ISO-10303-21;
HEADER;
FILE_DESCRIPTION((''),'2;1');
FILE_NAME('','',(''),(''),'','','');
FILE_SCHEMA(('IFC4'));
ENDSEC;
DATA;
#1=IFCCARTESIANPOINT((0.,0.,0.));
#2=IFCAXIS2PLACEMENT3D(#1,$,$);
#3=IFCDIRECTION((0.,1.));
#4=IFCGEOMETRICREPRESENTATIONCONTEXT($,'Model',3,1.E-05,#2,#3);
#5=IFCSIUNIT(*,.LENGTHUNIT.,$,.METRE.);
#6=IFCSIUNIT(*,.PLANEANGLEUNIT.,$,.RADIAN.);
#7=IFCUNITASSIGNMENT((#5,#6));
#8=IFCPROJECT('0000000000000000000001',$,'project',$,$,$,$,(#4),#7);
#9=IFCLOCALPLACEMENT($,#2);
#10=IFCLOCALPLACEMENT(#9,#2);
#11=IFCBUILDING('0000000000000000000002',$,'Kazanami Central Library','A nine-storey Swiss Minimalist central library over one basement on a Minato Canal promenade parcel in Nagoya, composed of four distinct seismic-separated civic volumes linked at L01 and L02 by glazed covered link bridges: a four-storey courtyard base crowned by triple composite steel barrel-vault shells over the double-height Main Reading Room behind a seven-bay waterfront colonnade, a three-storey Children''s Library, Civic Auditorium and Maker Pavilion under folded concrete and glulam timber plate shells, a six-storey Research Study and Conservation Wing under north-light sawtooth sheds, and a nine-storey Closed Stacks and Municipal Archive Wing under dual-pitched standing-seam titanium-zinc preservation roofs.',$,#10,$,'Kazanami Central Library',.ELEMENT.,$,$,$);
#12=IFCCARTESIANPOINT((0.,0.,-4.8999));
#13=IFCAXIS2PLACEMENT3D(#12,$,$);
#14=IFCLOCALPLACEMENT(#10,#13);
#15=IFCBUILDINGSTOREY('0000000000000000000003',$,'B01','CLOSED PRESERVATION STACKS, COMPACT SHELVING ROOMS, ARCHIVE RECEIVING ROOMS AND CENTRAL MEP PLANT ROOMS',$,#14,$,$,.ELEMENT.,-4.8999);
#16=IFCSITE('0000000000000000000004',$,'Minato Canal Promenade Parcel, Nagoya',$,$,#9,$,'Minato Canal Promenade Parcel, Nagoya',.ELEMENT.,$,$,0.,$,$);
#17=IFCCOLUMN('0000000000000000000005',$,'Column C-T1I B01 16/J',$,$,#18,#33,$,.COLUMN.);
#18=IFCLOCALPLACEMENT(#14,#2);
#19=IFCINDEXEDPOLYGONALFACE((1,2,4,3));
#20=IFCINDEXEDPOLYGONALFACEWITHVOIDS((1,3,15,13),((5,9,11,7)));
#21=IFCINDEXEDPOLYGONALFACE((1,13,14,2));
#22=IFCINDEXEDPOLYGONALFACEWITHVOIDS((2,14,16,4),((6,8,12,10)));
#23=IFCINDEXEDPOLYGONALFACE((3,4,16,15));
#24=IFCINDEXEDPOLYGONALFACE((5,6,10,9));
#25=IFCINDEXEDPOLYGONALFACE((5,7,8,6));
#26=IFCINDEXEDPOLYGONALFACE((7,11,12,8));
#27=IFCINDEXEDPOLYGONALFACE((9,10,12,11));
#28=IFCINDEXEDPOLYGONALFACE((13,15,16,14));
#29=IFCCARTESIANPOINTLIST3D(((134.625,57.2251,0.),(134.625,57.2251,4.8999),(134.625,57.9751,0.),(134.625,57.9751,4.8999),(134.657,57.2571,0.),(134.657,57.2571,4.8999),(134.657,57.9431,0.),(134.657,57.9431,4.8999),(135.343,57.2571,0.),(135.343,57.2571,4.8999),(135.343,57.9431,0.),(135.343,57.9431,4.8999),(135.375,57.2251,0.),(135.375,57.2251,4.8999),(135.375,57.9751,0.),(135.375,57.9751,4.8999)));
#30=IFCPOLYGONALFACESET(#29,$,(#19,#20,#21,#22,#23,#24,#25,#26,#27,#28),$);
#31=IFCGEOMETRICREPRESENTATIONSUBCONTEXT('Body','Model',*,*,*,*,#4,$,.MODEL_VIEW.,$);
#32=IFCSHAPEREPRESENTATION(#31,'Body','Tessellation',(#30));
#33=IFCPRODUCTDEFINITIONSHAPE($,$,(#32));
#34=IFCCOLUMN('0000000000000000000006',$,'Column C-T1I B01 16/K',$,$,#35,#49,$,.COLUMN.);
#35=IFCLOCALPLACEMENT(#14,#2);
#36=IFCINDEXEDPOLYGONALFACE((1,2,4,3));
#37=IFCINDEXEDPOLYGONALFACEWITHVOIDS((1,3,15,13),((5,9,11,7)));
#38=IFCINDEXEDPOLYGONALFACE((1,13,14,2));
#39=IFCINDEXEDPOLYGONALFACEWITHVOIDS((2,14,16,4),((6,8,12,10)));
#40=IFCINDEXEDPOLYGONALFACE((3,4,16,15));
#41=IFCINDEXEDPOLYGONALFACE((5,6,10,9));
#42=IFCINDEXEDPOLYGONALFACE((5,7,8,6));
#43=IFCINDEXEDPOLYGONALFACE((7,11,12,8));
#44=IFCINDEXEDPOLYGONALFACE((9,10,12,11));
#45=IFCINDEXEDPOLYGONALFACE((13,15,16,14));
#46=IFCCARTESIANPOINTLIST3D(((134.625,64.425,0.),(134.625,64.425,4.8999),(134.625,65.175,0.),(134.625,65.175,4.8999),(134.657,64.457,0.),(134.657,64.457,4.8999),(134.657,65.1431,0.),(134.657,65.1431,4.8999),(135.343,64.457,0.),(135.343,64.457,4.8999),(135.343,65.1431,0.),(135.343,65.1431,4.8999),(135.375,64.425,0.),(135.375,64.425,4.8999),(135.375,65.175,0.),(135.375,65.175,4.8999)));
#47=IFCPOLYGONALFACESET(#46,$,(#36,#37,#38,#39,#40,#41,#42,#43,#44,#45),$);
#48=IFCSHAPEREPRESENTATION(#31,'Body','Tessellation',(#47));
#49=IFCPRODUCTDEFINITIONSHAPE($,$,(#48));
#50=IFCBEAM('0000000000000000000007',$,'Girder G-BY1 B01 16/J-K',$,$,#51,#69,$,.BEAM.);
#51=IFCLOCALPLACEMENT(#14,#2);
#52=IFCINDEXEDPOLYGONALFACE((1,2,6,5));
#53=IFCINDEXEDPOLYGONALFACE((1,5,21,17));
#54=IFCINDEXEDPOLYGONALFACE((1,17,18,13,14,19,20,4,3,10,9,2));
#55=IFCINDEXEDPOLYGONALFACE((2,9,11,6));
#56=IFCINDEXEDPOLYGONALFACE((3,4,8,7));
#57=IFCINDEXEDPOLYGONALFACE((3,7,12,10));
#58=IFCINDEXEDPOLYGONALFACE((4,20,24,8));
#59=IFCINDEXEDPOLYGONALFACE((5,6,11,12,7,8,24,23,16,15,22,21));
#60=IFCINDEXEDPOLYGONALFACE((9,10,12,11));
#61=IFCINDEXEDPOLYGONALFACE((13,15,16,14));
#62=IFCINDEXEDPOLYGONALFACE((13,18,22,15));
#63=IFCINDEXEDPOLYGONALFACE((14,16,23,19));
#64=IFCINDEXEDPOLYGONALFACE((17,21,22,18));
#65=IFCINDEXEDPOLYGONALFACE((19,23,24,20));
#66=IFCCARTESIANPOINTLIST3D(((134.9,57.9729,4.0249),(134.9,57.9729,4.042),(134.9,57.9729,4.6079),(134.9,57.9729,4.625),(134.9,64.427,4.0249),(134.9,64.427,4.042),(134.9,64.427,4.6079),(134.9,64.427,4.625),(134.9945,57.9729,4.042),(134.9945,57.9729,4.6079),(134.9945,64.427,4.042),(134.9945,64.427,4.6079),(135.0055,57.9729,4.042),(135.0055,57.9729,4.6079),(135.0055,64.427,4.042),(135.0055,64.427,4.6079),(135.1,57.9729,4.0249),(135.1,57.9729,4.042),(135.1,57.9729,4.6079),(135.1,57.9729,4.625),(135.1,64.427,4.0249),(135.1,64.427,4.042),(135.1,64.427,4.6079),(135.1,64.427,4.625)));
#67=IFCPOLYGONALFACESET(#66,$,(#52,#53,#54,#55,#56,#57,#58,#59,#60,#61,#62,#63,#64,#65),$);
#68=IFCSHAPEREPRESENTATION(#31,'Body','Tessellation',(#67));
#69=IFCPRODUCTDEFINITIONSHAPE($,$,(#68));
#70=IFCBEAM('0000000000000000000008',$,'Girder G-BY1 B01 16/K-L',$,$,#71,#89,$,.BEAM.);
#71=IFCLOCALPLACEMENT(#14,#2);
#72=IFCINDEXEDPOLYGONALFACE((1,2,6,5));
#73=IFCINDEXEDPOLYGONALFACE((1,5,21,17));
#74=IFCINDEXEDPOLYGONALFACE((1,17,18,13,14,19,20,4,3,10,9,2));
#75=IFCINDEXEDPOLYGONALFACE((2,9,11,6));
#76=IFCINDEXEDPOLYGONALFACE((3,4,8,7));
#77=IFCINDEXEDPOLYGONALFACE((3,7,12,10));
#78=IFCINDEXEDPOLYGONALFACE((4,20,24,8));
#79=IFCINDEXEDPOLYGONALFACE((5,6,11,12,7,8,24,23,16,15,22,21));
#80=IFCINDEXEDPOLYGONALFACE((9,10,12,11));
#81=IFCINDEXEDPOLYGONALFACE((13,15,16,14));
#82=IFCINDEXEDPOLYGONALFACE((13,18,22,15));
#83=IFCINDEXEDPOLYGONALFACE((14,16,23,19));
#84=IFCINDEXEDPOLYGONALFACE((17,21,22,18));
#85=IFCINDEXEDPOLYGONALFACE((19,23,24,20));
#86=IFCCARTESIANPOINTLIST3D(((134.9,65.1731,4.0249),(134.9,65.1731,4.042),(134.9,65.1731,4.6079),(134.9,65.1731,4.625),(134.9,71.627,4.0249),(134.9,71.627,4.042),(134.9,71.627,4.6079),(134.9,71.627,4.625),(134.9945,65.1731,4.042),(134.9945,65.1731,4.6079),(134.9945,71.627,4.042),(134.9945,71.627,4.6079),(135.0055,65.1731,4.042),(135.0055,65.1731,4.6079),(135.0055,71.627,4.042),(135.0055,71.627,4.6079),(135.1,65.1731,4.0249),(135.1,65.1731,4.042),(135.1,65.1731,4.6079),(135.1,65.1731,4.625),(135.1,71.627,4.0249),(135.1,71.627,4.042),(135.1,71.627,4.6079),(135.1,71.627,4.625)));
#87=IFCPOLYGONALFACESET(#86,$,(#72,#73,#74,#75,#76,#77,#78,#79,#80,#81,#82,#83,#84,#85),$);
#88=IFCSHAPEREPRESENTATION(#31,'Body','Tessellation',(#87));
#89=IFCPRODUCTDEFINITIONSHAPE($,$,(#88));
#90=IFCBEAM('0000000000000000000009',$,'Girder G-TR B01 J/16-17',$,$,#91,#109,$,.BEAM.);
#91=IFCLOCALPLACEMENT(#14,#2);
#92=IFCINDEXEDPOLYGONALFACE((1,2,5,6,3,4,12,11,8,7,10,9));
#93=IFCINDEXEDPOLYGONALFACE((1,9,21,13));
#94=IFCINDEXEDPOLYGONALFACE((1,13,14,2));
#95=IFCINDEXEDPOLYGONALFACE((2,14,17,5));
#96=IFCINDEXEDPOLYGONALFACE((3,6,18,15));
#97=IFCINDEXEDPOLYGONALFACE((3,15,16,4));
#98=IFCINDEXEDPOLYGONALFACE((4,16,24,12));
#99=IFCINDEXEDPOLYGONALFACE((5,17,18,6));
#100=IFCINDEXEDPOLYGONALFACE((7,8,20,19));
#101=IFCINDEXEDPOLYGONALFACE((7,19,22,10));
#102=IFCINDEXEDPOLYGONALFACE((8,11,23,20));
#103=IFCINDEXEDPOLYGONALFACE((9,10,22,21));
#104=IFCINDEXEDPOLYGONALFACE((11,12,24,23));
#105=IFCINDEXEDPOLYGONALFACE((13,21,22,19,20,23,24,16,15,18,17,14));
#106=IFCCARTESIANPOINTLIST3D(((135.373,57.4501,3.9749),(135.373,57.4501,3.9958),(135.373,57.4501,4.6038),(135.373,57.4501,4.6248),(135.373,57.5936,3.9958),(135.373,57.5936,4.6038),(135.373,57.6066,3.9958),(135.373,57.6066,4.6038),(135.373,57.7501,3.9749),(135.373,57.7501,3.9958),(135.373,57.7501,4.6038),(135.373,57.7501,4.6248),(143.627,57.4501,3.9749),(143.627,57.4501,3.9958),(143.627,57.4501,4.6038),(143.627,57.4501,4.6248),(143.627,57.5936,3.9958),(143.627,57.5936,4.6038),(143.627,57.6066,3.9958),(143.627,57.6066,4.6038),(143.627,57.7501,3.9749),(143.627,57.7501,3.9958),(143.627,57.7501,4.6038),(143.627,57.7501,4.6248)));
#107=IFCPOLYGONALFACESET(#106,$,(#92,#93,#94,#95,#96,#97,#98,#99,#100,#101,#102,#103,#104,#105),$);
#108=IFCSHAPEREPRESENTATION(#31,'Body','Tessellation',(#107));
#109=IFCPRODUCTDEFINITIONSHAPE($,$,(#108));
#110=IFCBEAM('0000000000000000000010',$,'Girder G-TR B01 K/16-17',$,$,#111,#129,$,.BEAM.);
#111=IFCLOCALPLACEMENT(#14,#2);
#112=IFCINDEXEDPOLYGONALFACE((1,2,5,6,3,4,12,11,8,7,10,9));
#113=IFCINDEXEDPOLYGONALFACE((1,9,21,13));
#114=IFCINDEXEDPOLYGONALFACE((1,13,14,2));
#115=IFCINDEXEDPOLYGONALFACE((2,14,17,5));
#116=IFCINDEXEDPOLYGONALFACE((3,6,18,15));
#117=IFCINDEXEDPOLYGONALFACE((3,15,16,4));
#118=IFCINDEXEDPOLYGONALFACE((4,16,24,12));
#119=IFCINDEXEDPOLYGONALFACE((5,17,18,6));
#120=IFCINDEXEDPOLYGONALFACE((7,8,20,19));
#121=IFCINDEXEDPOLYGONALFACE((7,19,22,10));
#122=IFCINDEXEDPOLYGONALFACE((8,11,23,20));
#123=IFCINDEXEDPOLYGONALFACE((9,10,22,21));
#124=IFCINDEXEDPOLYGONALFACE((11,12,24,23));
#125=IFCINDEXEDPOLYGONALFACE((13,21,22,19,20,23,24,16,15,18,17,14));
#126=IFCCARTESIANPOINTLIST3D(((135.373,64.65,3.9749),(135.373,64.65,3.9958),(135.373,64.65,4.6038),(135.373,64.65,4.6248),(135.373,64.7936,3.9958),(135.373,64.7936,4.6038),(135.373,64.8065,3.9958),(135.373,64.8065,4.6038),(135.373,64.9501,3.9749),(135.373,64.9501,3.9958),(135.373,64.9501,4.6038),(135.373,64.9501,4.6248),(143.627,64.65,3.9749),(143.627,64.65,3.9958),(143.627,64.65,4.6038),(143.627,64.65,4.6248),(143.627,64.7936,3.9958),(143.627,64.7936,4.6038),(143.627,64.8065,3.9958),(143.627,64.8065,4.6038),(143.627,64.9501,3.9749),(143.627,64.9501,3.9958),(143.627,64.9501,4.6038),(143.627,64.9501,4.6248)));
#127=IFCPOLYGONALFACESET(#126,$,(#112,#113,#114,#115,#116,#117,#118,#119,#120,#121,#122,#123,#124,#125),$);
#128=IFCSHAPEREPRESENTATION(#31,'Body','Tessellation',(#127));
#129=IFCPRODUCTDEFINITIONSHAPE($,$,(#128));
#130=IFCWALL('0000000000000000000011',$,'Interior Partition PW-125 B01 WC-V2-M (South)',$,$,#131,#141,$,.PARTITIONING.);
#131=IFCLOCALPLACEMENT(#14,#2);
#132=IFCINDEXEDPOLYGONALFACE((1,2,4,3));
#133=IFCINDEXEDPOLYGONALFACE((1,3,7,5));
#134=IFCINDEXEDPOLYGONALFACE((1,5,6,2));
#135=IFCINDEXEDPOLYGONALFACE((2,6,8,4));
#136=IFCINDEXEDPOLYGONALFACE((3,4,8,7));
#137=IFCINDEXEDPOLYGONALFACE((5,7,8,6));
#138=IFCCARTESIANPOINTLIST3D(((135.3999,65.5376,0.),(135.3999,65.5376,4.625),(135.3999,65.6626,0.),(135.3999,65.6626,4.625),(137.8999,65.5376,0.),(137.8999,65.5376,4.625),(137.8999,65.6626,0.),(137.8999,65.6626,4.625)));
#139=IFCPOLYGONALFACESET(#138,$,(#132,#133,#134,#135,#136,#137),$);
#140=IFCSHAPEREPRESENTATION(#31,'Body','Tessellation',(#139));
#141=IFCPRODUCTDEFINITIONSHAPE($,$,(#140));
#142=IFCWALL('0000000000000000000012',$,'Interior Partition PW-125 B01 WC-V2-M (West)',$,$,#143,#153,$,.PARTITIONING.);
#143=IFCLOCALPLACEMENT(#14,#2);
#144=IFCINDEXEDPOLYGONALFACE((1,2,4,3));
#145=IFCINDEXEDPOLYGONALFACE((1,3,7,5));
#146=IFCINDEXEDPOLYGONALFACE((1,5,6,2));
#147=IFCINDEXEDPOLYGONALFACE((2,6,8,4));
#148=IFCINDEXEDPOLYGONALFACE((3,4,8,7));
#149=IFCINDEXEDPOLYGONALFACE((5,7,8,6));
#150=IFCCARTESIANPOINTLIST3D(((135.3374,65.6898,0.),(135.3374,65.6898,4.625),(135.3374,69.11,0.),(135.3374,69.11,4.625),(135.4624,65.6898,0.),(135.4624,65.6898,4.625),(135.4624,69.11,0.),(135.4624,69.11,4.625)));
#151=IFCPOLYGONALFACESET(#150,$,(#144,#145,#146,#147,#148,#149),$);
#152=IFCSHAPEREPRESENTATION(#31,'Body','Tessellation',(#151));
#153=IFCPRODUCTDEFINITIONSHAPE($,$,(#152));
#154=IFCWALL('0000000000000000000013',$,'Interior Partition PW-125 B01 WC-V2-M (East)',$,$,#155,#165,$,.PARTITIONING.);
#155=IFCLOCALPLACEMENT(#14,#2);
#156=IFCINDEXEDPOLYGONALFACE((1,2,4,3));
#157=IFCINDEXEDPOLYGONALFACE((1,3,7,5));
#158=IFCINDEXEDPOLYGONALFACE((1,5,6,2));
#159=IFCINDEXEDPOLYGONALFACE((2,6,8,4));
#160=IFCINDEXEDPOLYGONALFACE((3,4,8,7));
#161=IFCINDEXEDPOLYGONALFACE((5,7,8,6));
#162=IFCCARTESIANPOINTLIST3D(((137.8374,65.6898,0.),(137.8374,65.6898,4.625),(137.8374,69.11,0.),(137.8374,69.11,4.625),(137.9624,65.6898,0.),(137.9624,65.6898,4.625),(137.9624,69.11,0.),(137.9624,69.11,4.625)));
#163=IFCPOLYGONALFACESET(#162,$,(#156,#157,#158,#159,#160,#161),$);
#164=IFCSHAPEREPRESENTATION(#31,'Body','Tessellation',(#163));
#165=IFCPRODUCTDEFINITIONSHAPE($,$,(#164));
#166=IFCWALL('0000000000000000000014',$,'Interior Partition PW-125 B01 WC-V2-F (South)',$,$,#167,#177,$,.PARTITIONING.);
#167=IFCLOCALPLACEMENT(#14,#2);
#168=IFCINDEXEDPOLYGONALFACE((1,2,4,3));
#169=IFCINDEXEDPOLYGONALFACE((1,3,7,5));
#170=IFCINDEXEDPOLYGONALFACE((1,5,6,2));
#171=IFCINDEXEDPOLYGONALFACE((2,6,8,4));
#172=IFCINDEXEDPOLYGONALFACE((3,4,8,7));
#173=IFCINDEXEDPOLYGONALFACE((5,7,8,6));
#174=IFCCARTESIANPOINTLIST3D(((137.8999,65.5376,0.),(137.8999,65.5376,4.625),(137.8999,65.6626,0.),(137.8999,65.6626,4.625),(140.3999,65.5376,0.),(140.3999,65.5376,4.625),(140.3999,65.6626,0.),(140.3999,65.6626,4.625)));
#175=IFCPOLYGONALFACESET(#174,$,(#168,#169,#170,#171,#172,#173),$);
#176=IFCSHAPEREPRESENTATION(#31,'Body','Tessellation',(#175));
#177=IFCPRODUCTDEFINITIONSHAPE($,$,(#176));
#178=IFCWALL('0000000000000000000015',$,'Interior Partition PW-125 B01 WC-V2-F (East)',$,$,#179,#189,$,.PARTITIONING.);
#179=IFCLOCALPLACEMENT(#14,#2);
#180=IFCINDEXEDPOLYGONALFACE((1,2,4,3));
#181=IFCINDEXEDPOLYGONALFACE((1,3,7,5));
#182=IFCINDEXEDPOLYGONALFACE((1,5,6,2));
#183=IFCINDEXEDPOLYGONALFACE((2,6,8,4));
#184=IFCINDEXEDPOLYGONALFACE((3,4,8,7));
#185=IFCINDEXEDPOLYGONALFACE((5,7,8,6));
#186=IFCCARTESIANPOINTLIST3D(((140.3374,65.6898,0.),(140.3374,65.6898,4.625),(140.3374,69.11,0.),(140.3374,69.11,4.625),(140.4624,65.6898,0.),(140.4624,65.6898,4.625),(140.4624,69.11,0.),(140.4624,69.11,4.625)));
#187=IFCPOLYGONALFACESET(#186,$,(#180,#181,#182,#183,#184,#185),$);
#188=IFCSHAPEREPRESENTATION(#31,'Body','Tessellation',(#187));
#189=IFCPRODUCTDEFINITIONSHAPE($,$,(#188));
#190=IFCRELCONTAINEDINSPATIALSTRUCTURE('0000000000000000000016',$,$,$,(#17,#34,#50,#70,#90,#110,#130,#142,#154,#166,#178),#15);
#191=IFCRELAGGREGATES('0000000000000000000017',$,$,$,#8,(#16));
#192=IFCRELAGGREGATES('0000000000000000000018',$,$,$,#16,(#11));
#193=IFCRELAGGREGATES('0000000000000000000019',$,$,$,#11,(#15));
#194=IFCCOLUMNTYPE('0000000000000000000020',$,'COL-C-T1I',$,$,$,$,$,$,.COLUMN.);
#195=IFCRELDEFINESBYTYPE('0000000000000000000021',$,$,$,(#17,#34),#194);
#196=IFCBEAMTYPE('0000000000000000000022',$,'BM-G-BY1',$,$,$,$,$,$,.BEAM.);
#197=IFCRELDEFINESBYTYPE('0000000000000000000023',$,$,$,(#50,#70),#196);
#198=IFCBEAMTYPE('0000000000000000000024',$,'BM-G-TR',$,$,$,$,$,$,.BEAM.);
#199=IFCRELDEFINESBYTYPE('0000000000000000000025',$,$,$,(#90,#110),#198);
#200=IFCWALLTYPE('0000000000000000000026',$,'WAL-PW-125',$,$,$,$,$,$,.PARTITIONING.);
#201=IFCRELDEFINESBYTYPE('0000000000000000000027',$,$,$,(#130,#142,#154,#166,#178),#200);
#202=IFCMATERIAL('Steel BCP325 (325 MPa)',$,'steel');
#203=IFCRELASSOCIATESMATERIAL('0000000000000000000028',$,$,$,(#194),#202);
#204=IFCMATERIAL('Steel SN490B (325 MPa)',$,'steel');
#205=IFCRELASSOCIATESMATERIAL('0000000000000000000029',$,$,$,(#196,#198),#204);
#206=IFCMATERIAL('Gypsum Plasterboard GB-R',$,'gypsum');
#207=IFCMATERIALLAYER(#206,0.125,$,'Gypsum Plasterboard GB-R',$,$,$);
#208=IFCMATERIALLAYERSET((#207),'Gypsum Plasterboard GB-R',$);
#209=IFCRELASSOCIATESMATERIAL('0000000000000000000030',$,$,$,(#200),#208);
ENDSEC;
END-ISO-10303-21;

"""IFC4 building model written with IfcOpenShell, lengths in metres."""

from ifc_helpers import new_model, si_unit, direction, frame, frame_2d, origin, origin_2d, place, context, subcontext, project, spatial, rectangle, hollow_rectangle, i_section, extrude, material, layer, layer_set, material_profile, profile_set, type_object, element, save


model = new_model("IFC4")

# Units and contexts
model_context = context("Model", 3, precision=1e-05, world=origin(), true_north=direction((0.0, 1.0)))
body_context = subcontext(model_context, "Body", "Model", "MODEL_VIEW")
ifc_project = project(units=[si_unit("LENGTHUNIT", "METRE"), si_unit("PLANEANGLEUNIT", "RADIAN")], contexts=[model_context])

# Site, building, storey
site_placement = place(None, origin())
site = spatial("IfcSite", under=ifc_project, at=site_placement, Name="Minato Canal Promenade Parcel, Nagoya", LongName="Minato Canal Promenade Parcel, Nagoya", CompositionType="ELEMENT", RefElevation=0.0)
building_placement = place(site_placement, origin())
building = spatial("IfcBuilding", under=site, at=building_placement, Name="Kazanami Central Library", Description="A nine-storey Swiss Minimalist central library over one basement on a Minato Canal promenade parcel in Nagoya, composed of four distinct seismic-separated civic volumes linked at L01 and L02 by glazed covered link bridges: a four-storey courtyard base crowned by triple composite steel barrel-vault shells over the double-height Main Reading Room behind a seven-bay waterfront colonnade, a three-storey Children's Library, Civic Auditorium and Maker Pavilion under folded concrete and glulam timber plate shells, a six-storey Research Study and Conservation Wing under north-light sawtooth sheds, and a nine-storey Closed Stacks and Municipal Archive Wing under dual-pitched standing-seam titanium-zinc preservation roofs.", LongName="Kazanami Central Library", CompositionType="ELEMENT")
storey_placement = place(building_placement, frame((0.0, 0.0, -4.8999)))
storey = spatial("IfcBuildingStorey", under=building, at=storey_placement, Name="B01", Description="CLOSED PRESERVATION STACKS, COMPACT SHELVING ROOMS, ARCHIVE RECEIVING ROOMS AND CENTRAL MEP PLANT ROOMS", CompositionType="ELEMENT", Elevation=-4.8999)

# Columns
ifc_material_1 = material(Name="Steel BCP325 (325 MPa)", Category="steel")
ifc_material_profile_1 = material_profile(ifc_material_1, hollow_rectangle(XDim=0.75, YDim=0.75, WallThickness=0.032, at=origin_2d()), Name="BCP-750x750x32")
ifc_profile_set_1 = profile_set([ifc_material_profile_1], Name="Steel BCP325 (325 MPa)")
column_type = type_object("IfcColumnType", Name="COL-C-T1I", PredefinedType="COLUMN", material=ifc_profile_set_1)
for number, where, z_axis, x_axis, name in (
    (1, (135.0, 57.6001, 0.0), (0.0, 0.0, 1.0), (1.0, 0.0, 0.0), "Column C-T1I B01 16/J"),
    (2, (135.0, 64.8, 0.0), (0.0, 0.0, 1.0), (1.0, 0.0, 0.0), "Column C-T1I B01 16/K"),
):
    element("IfcColumn", number, at=place(storey_placement, frame(where, z_axis=z_axis, x_axis=x_axis)), inside=storey, type_object=column_type, Name=name, PredefinedType="COLUMN", context=body_context, shape_type="SweptSolid", body=[
        extrude(hollow_rectangle(XDim=0.75, YDim=0.75, WallThickness=0.032, at=origin_2d()), origin(), (0.0, 0.0, 1.0), 4.8999),
    ])

# Beams
ifc_material_2 = material(Name="Steel SN490B (325 MPa)", Category="steel")
ifc_material_profile_2 = material_profile(ifc_material_2, i_section(OverallWidth=0.2, OverallDepth=0.6001, WebThickness=0.011, FlangeThickness=0.0171, at=origin_2d()), Name="H-600x200x11x17")
ifc_profile_set_2 = profile_set([ifc_material_profile_2], Name="Steel SN490B (325 MPa)")
beam_type_1 = type_object("IfcBeamType", Name="BM-G-BY1", PredefinedType="BEAM", material=ifc_profile_set_2)
beam_1_placement = place(storey_placement, frame((135.0, 57.9729, 4.325), z_axis=(0.0, 1.0, 0.0), x_axis=(-1.0, 0.0, 0.0)))
element("IfcBeam", 3, at=beam_1_placement, inside=storey, type_object=beam_type_1, Name="Girder G-BY1 B01 16/J-K", PredefinedType="BEAM", context=body_context, shape_type="SweptSolid", body=[
    extrude(i_section(OverallWidth=0.2, OverallDepth=0.6001, WebThickness=0.011, FlangeThickness=0.0171, at=origin_2d()), origin(), (0.0, 0.0, 1.0), 6.4541),
])
beam_2_placement = place(storey_placement, frame((135.0, 65.1731, 4.325), z_axis=(0.0, 1.0, 0.0), x_axis=(-1.0, 0.0, 0.0)))
element("IfcBeam", 4, at=beam_2_placement, inside=storey, type_object=beam_type_1, Name="Girder G-BY1 B01 16/K-L", PredefinedType="BEAM", context=body_context, shape_type="SweptSolid", body=[
    extrude(i_section(OverallWidth=0.2, OverallDepth=0.6001, WebThickness=0.011, FlangeThickness=0.0171, at=origin_2d()), origin(), (0.0, 0.0, 1.0), 6.4539),
])
ifc_material_profile_3 = material_profile(ifc_material_2, i_section(OverallWidth=0.3, OverallDepth=0.6499, WebThickness=0.0129, FlangeThickness=0.021, at=origin_2d()), Name="H-650x300x13x21")
ifc_profile_set_3 = profile_set([ifc_material_profile_3], Name="Steel SN490B (325 MPa)")
beam_type_2 = type_object("IfcBeamType", Name="BM-G-TR", PredefinedType="BEAM", material=ifc_profile_set_3)
for number, where, z_axis, x_axis, name in (
    (5, (135.373, 57.6001, 4.2998), (1.0, 0.0, 0.0), (0.0, 1.0, 0.0), "Girder G-TR B01 J/16-17"),
    (6, (135.373, 64.8, 4.2998), (1.0, 0.0, 0.0), (0.0, 1.0, 0.0), "Girder G-TR B01 K/16-17"),
):
    element("IfcBeam", number, at=place(storey_placement, frame(where, z_axis=z_axis, x_axis=x_axis)), inside=storey, type_object=beam_type_2, Name=name, PredefinedType="BEAM", context=body_context, shape_type="SweptSolid", body=[
        extrude(i_section(OverallWidth=0.3, OverallDepth=0.6499, WebThickness=0.0129, FlangeThickness=0.021, at=origin_2d()), origin(), (0.0, 0.0, 1.0), 8.2539),
    ])

# Walls
ifc_material_3 = material(Name="Gypsum Plasterboard GB-R", Category="gypsum")
ifc_layer_1 = layer(ifc_material_3, 0.125, Name="Gypsum Plasterboard GB-R")
ifc_layer_set_1 = layer_set([ifc_layer_1], Name="Gypsum Plasterboard GB-R")
wall_type_1 = type_object("IfcWallType", Name="WAL-PW-125", PredefinedType="PARTITIONING", material=ifc_layer_set_1)
wall_1_placement = place(storey_placement, frame((135.3999, 65.6001, 0.0), z_axis=(0.0, 0.0, 1.0), x_axis=(1.0, 0.0, 0.0)))
element("IfcWall", 7, at=wall_1_placement, inside=storey, type_object=wall_type_1, Name="Interior Partition PW-125 B01 WC-V2-M (South)", PredefinedType="PARTITIONING", context=body_context, shape_type="SweptSolid", body=[
    extrude(rectangle(XDim=2.5, YDim=0.125, at=frame_2d((1.25, 0.0))), origin(), (0.0, 0.0, 1.0), 4.625),
])
for number, where, z_axis, x_axis, name in (
    (8, (135.3999, 65.6899, 0.0), (0.0, 0.0, 1.0), (0.0, 1.0, 0.0), "Interior Partition PW-125 B01 WC-V2-M (West)"),
    (9, (137.8999, 65.6899, 0.0), (0.0, 0.0, 1.0), (0.0, 1.0, 0.0), "Interior Partition PW-125 B01 WC-V2-M (East)"),
):
    element("IfcWall", number, at=place(storey_placement, frame(where, z_axis=z_axis, x_axis=x_axis)), inside=storey, type_object=wall_type_1, Name=name, PredefinedType="PARTITIONING", context=body_context, shape_type="SweptSolid", body=[
        extrude(rectangle(XDim=3.4202, YDim=0.125, at=frame_2d((1.71, 0.0))), origin(), (0.0, 0.0, 1.0), 4.625),
    ])
wall_2_placement = place(storey_placement, frame((137.8999, 65.6001, 0.0), z_axis=(0.0, 0.0, 1.0), x_axis=(1.0, 0.0, 0.0)))
element("IfcWall", 10, at=wall_2_placement, inside=storey, type_object=wall_type_1, Name="Interior Partition PW-125 B01 WC-V2-F (South)", PredefinedType="PARTITIONING", context=body_context, shape_type="SweptSolid", body=[
    extrude(rectangle(XDim=2.5, YDim=0.125, at=frame_2d((1.25, 0.0))), origin(), (0.0, 0.0, 1.0), 4.625),
])
wall_3_placement = place(storey_placement, frame((140.3999, 65.6899, 0.0), z_axis=(0.0, 0.0, 1.0), x_axis=(0.0, 1.0, 0.0)))
element("IfcWall", 11, at=wall_3_placement, inside=storey, type_object=wall_type_1, Name="Interior Partition PW-125 B01 WC-V2-F (East)", PredefinedType="PARTITIONING", context=body_context, shape_type="SweptSolid", body=[
    extrude(rectangle(XDim=3.4202, YDim=0.125, at=frame_2d((1.71, 0.0))), origin(), (0.0, 0.0, 1.0), 4.625),
])

save(model, "model.ifc")
